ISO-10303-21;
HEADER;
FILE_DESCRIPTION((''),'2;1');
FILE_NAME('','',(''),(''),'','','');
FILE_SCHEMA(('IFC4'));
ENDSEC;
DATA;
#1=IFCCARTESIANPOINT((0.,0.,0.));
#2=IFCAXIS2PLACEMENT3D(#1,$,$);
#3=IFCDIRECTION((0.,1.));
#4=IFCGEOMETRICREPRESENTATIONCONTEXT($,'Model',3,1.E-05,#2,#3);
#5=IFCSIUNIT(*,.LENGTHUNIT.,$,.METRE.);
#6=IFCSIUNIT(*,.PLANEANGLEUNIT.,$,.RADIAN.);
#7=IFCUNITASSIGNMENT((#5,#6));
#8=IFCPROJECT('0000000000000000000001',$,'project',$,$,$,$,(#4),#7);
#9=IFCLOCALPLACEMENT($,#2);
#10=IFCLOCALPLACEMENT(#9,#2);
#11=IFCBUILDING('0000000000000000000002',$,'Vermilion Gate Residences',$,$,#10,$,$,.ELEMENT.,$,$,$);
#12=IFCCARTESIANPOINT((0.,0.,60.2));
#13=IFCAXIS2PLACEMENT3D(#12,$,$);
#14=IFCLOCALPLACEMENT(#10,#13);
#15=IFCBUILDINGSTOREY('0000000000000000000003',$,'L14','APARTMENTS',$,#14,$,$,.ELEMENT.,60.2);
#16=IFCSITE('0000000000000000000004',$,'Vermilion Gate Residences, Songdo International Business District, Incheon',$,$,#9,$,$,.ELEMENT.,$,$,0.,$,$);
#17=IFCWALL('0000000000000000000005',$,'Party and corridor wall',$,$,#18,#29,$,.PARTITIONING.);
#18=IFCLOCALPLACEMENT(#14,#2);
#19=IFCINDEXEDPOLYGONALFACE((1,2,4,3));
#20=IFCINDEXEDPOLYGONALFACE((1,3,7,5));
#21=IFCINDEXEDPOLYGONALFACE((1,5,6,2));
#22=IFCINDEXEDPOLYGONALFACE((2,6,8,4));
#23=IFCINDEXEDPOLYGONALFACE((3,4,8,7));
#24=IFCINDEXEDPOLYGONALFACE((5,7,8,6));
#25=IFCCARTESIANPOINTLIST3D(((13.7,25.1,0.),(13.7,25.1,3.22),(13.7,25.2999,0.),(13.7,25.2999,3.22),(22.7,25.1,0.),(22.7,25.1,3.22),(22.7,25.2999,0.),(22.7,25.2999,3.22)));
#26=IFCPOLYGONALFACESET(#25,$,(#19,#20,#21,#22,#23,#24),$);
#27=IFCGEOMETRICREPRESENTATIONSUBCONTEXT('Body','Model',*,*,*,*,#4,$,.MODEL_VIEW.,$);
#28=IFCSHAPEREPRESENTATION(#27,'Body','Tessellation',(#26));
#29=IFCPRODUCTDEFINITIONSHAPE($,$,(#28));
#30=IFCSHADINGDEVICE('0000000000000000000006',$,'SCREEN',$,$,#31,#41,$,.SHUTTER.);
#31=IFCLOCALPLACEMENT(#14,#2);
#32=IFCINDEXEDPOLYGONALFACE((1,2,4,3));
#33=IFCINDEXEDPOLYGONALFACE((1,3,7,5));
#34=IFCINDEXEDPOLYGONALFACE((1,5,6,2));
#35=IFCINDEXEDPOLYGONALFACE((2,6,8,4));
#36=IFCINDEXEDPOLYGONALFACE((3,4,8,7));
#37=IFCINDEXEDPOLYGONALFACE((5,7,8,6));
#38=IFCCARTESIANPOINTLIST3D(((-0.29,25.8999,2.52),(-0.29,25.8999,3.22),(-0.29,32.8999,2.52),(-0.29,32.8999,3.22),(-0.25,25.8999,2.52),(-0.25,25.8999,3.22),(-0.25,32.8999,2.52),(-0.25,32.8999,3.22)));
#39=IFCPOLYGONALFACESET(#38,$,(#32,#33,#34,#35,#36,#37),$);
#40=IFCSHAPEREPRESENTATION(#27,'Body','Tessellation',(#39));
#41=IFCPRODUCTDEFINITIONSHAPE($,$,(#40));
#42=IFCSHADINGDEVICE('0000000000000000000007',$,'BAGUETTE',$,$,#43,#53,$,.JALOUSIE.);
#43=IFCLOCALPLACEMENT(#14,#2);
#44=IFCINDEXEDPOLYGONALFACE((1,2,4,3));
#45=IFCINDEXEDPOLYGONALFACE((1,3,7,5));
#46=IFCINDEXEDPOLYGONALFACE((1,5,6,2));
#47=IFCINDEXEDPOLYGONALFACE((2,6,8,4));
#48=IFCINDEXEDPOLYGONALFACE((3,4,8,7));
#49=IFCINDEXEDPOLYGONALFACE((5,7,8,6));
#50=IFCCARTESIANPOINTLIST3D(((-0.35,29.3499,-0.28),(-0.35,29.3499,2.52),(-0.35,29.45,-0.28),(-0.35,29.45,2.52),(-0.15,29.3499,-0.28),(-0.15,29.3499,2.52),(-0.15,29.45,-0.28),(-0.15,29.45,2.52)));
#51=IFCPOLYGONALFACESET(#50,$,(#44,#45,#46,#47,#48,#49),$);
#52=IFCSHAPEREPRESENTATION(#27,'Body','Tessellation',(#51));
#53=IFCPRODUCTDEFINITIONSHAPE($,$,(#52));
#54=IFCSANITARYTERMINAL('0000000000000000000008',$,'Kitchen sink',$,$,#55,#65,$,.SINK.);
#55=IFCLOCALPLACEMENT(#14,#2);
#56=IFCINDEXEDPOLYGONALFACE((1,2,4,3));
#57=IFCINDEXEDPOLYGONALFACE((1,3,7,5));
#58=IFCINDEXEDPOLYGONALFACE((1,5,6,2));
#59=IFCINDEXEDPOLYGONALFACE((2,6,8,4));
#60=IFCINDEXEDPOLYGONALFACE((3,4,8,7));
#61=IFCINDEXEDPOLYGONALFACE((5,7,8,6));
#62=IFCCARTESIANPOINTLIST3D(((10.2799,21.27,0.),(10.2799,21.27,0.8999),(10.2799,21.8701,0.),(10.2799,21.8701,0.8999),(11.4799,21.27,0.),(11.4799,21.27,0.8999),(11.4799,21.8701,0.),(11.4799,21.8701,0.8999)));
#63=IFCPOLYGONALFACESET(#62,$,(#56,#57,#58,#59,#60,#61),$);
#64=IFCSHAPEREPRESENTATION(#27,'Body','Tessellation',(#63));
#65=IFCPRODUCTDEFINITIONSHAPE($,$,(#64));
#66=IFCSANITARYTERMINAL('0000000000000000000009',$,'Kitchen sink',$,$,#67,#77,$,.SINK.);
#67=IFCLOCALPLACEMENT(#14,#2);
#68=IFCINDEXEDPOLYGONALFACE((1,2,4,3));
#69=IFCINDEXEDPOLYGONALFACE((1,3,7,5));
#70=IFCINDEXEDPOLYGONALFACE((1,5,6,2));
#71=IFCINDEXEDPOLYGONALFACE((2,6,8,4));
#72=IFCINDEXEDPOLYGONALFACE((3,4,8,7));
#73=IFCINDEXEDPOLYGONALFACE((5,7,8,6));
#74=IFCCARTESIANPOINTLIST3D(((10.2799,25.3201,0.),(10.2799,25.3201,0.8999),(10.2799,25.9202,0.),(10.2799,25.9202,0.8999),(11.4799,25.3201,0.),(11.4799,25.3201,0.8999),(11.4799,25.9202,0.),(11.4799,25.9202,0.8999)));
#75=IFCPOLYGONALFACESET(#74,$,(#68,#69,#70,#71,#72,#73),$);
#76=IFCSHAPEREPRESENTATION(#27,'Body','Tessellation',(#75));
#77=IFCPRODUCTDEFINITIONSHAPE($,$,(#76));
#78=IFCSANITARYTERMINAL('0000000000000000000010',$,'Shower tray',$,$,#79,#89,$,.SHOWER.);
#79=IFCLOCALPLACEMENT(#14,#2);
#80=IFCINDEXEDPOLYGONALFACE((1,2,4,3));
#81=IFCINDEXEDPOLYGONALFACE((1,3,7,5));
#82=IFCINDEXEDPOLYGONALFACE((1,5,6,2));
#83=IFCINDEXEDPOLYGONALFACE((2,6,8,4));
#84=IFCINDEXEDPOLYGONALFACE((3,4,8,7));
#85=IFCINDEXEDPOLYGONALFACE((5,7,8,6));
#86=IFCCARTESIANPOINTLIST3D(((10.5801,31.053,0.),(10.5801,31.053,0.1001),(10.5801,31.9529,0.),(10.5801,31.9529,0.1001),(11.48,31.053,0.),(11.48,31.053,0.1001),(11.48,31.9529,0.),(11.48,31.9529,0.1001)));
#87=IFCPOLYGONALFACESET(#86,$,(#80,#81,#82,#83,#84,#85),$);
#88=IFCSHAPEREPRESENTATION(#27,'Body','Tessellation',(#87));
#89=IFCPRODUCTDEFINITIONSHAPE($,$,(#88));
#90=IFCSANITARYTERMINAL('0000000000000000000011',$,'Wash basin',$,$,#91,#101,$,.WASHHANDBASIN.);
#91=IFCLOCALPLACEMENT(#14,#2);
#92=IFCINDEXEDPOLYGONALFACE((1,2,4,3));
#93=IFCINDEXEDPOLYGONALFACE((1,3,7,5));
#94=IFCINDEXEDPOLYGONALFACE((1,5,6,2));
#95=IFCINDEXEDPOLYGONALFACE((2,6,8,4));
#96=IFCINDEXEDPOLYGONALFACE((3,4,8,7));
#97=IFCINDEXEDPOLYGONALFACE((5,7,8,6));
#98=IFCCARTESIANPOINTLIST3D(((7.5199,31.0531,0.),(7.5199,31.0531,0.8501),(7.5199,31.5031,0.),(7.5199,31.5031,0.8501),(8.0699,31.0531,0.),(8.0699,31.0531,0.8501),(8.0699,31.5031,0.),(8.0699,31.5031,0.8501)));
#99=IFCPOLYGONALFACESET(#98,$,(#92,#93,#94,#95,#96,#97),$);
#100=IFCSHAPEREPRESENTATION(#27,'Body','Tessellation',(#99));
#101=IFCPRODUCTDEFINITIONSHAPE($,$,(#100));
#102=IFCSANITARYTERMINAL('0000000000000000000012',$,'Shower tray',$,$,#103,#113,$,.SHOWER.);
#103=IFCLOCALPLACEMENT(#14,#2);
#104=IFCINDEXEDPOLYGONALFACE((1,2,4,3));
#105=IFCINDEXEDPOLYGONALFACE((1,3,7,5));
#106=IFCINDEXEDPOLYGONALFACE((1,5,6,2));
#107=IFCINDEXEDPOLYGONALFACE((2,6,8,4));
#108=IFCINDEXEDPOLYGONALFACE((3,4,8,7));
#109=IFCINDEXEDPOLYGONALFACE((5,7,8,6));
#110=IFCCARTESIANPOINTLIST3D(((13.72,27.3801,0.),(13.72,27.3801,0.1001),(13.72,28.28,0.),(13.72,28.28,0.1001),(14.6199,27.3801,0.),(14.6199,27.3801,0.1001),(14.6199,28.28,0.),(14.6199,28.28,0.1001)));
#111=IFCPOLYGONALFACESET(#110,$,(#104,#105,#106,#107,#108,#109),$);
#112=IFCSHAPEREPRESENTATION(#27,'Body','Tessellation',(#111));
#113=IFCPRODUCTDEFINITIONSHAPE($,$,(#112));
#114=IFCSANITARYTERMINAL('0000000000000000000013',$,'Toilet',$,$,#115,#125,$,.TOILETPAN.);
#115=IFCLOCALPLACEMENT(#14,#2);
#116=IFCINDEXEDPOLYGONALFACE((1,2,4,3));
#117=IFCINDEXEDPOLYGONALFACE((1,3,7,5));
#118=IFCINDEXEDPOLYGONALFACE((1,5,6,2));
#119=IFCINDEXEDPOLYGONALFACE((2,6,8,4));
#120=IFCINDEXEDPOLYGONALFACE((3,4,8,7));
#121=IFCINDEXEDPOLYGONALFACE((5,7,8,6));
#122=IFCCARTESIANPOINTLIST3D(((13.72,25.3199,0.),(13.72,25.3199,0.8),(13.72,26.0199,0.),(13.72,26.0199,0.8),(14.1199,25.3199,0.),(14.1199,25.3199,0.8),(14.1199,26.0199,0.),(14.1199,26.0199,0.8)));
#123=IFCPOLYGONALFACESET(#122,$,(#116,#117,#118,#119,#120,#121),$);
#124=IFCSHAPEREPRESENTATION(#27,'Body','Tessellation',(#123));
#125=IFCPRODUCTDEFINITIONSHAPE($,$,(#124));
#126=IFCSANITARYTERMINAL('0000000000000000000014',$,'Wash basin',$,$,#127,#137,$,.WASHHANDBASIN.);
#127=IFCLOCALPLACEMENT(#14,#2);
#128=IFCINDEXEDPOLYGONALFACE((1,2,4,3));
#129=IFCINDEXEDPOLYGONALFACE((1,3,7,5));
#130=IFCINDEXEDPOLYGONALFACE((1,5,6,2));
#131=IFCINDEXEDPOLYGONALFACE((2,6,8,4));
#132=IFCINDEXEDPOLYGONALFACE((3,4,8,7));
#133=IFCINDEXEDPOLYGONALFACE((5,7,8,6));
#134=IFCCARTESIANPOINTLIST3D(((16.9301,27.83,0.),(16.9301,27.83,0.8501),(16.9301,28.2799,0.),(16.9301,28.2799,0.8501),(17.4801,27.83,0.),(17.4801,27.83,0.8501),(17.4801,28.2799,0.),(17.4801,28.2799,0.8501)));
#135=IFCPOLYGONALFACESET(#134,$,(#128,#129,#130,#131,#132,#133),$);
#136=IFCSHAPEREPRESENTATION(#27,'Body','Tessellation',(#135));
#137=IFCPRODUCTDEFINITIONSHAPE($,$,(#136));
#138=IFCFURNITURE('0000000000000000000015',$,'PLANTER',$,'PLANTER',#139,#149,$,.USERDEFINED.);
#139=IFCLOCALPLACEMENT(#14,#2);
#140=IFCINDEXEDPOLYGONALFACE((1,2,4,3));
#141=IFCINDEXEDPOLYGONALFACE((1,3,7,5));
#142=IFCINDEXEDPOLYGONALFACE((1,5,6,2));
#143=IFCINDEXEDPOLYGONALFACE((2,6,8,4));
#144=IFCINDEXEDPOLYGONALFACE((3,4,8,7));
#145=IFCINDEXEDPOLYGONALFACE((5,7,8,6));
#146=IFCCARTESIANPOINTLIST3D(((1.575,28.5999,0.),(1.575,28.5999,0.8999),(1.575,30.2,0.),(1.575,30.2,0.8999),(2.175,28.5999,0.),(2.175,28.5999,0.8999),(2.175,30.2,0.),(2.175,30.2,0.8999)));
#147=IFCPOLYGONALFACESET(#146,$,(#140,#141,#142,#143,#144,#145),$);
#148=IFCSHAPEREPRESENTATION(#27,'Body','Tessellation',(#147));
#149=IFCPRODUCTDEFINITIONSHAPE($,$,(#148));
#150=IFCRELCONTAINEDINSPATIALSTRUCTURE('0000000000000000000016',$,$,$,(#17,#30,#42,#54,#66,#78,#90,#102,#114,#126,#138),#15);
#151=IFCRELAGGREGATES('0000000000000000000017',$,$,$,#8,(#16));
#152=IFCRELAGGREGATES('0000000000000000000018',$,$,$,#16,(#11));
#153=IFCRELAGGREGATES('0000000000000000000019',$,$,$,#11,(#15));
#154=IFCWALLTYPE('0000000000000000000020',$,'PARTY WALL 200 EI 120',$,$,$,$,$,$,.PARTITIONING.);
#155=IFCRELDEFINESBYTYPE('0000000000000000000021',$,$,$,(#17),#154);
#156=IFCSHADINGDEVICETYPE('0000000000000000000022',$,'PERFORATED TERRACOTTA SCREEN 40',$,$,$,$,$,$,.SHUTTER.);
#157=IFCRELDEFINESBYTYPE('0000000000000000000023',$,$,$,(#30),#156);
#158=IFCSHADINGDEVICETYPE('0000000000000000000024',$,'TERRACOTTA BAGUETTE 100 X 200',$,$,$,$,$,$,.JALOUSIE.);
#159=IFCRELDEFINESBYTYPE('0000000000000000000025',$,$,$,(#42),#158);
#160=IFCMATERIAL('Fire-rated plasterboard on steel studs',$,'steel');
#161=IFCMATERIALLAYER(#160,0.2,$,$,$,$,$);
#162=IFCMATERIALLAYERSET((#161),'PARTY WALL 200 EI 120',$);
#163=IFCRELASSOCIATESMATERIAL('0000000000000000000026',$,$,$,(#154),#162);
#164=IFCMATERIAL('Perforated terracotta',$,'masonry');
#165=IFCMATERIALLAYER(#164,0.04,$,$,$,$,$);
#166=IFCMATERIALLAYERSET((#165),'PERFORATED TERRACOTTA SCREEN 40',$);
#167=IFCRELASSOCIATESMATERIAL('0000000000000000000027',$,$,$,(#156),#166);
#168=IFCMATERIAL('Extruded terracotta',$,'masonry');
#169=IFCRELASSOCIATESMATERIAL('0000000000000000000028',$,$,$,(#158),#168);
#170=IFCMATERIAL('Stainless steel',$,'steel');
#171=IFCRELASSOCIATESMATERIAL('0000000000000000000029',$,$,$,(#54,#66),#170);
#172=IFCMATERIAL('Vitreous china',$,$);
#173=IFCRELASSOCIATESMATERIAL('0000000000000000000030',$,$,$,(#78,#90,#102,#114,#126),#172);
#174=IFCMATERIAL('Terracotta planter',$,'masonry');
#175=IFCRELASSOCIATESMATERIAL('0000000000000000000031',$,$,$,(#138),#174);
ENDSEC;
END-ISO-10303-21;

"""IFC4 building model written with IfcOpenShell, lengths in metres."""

from ifc_helpers import new_model, si_unit, direction, frame, frame_2d, origin, origin_2d, place, context, subcontext, project, spatial, rectangle, extrude, material, layer, layer_set, material_profile, profile_set, type_object, element, save


model = new_model("IFC4")

# Units and contexts
model_context = context("Model", 3, precision=1e-05, world=origin(), true_north=direction((0.0, 1.0)))
body_context = subcontext(model_context, "Body", "Model", "MODEL_VIEW")
ifc_project = project(units=[si_unit("LENGTHUNIT", "METRE"), si_unit("PLANEANGLEUNIT", "RADIAN")], contexts=[model_context])

# Site, building, storey
site_placement = place(None, origin())
site = spatial("IfcSite", under=ifc_project, at=site_placement, Name="Vermilion Gate Residences, Songdo International Business District, Incheon", CompositionType="ELEMENT", RefElevation=0.0)
building_placement = place(site_placement, origin())
building = spatial("IfcBuilding", under=site, at=building_placement, Name="Vermilion Gate Residences", CompositionType="ELEMENT")
storey_placement = place(building_placement, frame((0.0, 0.0, 60.2)))
storey = spatial("IfcBuildingStorey", under=building, at=storey_placement, Name="L14", Description="APARTMENTS", CompositionType="ELEMENT", Elevation=60.2)

# Wall
ifc_material_1 = material(Name="Fire-rated plasterboard on steel studs", Category="steel")
ifc_layer_1 = layer(ifc_material_1, 0.2)
ifc_layer_set_1 = layer_set([ifc_layer_1], Name="PARTY WALL 200 EI 120")
wall_type_1 = type_object("IfcWallType", Name="PARTY WALL 200 EI 120", PredefinedType="PARTITIONING", material=ifc_layer_set_1)
wall_1_placement = place(storey_placement, frame((13.7, 25.2, 0.0), z_axis=(0.0, 0.0, 1.0), x_axis=(1.0, 0.0, 0.0)))
element("IfcWall", 1, at=wall_1_placement, inside=storey, type_object=wall_type_1, Name="Party and corridor wall", PredefinedType="PARTITIONING", context=body_context, shape_type="SweptSolid", body=[
    extrude(rectangle(XDim=9.0, YDim=0.2, at=frame_2d((4.5, 0.0))), origin(), (0.0, 0.0, 1.0), 3.22),
])

# Shading devices
ifc_material_2 = material(Name="Perforated terracotta", Category="masonry")
ifc_layer_2 = layer(ifc_material_2, 0.04)
ifc_layer_set_2 = layer_set([ifc_layer_2], Name="PERFORATED TERRACOTTA SCREEN 40")
shading_device_type_1 = type_object("IfcShadingDeviceType", Name="PERFORATED TERRACOTTA SCREEN 40", PredefinedType="SHUTTER", material=ifc_layer_set_2)
shading_device_1_placement = place(storey_placement, frame((-0.27, 29.3999, 2.52), z_axis=(0.0, 0.0, 1.0), x_axis=(0.0, -1.0, 0.0)))
element("IfcShadingDevice", 2, at=shading_device_1_placement, inside=storey, type_object=shading_device_type_1, Name="SCREEN", PredefinedType="SHUTTER", context=body_context, shape_type="SweptSolid", body=[
    extrude(rectangle(XDim=7.0, YDim=0.04, at=origin_2d()), origin(), (0.0, 0.0, 1.0), 0.7),
])
ifc_material_3 = material(Name="Extruded terracotta", Category="masonry")
ifc_material_profile_1 = material_profile(ifc_material_3, rectangle(XDim=0.2, YDim=0.1001, at=origin_2d()), Name="BAGUETTE 100 X 200")
ifc_profile_set_1 = profile_set([ifc_material_profile_1], Name="Extruded terracotta")
shading_device_type_2 = type_object("IfcShadingDeviceType", Name="TERRACOTTA BAGUETTE 100 X 200", PredefinedType="JALOUSIE", material=ifc_profile_set_1)
shading_device_2_placement = place(storey_placement, frame((-0.25, 29.3999, -0.28), z_axis=(0.0, 0.0, 1.0), x_axis=(1.0, 0.0, 0.0)))
element("IfcShadingDevice", 3, at=shading_device_2_placement, inside=storey, type_object=shading_device_type_2, Name="BAGUETTE", PredefinedType="JALOUSIE", context=body_context, shape_type="SweptSolid", body=[
    extrude(rectangle(XDim=0.2, YDim=0.1001, at=origin_2d()), origin(), (0.0, 0.0, 1.0), 2.8),
])

# Sanitary terminals
ifc_material_4 = material(Name="Stainless steel", Category="steel")
for number, where, z_axis, x_axis, name in (
    (4, (10.8799, 21.5701, 0.0), (0.0, 0.0, 1.0), (1.0, 0.0, 0.0), "Kitchen sink"),
    (5, (10.8799, 25.6201, 0.0), (0.0, 0.0, 1.0), (1.0, 0.0, 0.0), "Kitchen sink"),
):
    element("IfcSanitaryTerminal", number, at=place(storey_placement, frame(where, z_axis=z_axis, x_axis=x_axis)), inside=storey, material=ifc_material_4, Name=name, PredefinedType="SINK", context=body_context, shape_type="SweptSolid", body=[
        extrude(rectangle(XDim=1.2, YDim=0.6001, at=origin_2d()), origin(), (0.0, 0.0, 1.0), 0.8999),
    ])
ifc_material_5 = material(Name="Vitreous china")
sanitary_terminal_1_placement = place(storey_placement, frame((11.03, 31.5029, 0.0), z_axis=(0.0, 0.0, 1.0), x_axis=(1.0, 0.0, 0.0)))
element("IfcSanitaryTerminal", 6, at=sanitary_terminal_1_placement, inside=storey, material=ifc_material_5, Name="Shower tray", PredefinedType="SHOWER", context=body_context, shape_type="SweptSolid", body=[
    extrude(rectangle(XDim=0.8999, YDim=0.8999, at=origin_2d()), origin(), (0.0, 0.0, 1.0), 0.1001),
])
sanitary_terminal_2_placement = place(storey_placement, frame((7.7949, 31.2781, 0.0), z_axis=(0.0, 0.0, 1.0), x_axis=(1.0, 0.0, 0.0)))
element("IfcSanitaryTerminal", 7, at=sanitary_terminal_2_placement, inside=storey, material=ifc_material_5, Name="Wash basin", PredefinedType="WASHHANDBASIN", context=body_context, shape_type="SweptSolid", body=[
    extrude(rectangle(XDim=0.55, YDim=0.45, at=origin_2d()), origin(), (0.0, 0.0, 1.0), 0.8501),
])
sanitary_terminal_3_placement = place(storey_placement, frame((14.1699, 27.8301, 0.0), z_axis=(0.0, 0.0, 1.0), x_axis=(1.0, 0.0, 0.0)))
element("IfcSanitaryTerminal", 8, at=sanitary_terminal_3_placement, inside=storey, material=ifc_material_5, Name="Shower tray", PredefinedType="SHOWER", context=body_context, shape_type="SweptSolid", body=[
    extrude(rectangle(XDim=0.8999, YDim=0.8999, at=origin_2d()), origin(), (0.0, 0.0, 1.0), 0.1001),
])
sanitary_terminal_4_placement = place(storey_placement, frame((13.9199, 25.6699, 0.0), z_axis=(0.0, 0.0, 1.0), x_axis=(1.0, 0.0, 0.0)))
element("IfcSanitaryTerminal", 9, at=sanitary_terminal_4_placement, inside=storey, material=ifc_material_5, Name="Toilet", PredefinedType="TOILETPAN", context=body_context, shape_type="SweptSolid", body=[
    extrude(rectangle(XDim=0.3999, YDim=0.7, at=origin_2d()), origin(), (0.0, 0.0, 1.0), 0.8),
])
sanitary_terminal_5_placement = place(storey_placement, frame((17.2051, 28.0549, 0.0), z_axis=(0.0, 0.0, 1.0), x_axis=(1.0, 0.0, 0.0)))
element("IfcSanitaryTerminal", 10, at=sanitary_terminal_5_placement, inside=storey, material=ifc_material_5, Name="Wash basin", PredefinedType="WASHHANDBASIN", context=body_context, shape_type="SweptSolid", body=[
    extrude(rectangle(XDim=0.55, YDim=0.45, at=origin_2d()), origin(), (0.0, 0.0, 1.0), 0.8501),
])

# Furniture
ifc_material_6 = material(Name="Terracotta planter", Category="masonry")
furniture_placement = place(storey_placement, frame((1.875, 29.3999, 0.0), z_axis=(0.0, 0.0, 1.0), x_axis=(0.0, -1.0, 0.0)))
element("IfcFurniture", 11, at=furniture_placement, inside=storey, material=ifc_material_6, Name="PLANTER", ObjectType="PLANTER", PredefinedType="USERDEFINED", context=body_context, shape_type="SweptSolid", body=[
    extrude(rectangle(XDim=1.6001, YDim=0.6001, at=origin_2d()), origin(), (0.0, 0.0, 1.0), 0.8999),
])

save(model, "model.ifc")
